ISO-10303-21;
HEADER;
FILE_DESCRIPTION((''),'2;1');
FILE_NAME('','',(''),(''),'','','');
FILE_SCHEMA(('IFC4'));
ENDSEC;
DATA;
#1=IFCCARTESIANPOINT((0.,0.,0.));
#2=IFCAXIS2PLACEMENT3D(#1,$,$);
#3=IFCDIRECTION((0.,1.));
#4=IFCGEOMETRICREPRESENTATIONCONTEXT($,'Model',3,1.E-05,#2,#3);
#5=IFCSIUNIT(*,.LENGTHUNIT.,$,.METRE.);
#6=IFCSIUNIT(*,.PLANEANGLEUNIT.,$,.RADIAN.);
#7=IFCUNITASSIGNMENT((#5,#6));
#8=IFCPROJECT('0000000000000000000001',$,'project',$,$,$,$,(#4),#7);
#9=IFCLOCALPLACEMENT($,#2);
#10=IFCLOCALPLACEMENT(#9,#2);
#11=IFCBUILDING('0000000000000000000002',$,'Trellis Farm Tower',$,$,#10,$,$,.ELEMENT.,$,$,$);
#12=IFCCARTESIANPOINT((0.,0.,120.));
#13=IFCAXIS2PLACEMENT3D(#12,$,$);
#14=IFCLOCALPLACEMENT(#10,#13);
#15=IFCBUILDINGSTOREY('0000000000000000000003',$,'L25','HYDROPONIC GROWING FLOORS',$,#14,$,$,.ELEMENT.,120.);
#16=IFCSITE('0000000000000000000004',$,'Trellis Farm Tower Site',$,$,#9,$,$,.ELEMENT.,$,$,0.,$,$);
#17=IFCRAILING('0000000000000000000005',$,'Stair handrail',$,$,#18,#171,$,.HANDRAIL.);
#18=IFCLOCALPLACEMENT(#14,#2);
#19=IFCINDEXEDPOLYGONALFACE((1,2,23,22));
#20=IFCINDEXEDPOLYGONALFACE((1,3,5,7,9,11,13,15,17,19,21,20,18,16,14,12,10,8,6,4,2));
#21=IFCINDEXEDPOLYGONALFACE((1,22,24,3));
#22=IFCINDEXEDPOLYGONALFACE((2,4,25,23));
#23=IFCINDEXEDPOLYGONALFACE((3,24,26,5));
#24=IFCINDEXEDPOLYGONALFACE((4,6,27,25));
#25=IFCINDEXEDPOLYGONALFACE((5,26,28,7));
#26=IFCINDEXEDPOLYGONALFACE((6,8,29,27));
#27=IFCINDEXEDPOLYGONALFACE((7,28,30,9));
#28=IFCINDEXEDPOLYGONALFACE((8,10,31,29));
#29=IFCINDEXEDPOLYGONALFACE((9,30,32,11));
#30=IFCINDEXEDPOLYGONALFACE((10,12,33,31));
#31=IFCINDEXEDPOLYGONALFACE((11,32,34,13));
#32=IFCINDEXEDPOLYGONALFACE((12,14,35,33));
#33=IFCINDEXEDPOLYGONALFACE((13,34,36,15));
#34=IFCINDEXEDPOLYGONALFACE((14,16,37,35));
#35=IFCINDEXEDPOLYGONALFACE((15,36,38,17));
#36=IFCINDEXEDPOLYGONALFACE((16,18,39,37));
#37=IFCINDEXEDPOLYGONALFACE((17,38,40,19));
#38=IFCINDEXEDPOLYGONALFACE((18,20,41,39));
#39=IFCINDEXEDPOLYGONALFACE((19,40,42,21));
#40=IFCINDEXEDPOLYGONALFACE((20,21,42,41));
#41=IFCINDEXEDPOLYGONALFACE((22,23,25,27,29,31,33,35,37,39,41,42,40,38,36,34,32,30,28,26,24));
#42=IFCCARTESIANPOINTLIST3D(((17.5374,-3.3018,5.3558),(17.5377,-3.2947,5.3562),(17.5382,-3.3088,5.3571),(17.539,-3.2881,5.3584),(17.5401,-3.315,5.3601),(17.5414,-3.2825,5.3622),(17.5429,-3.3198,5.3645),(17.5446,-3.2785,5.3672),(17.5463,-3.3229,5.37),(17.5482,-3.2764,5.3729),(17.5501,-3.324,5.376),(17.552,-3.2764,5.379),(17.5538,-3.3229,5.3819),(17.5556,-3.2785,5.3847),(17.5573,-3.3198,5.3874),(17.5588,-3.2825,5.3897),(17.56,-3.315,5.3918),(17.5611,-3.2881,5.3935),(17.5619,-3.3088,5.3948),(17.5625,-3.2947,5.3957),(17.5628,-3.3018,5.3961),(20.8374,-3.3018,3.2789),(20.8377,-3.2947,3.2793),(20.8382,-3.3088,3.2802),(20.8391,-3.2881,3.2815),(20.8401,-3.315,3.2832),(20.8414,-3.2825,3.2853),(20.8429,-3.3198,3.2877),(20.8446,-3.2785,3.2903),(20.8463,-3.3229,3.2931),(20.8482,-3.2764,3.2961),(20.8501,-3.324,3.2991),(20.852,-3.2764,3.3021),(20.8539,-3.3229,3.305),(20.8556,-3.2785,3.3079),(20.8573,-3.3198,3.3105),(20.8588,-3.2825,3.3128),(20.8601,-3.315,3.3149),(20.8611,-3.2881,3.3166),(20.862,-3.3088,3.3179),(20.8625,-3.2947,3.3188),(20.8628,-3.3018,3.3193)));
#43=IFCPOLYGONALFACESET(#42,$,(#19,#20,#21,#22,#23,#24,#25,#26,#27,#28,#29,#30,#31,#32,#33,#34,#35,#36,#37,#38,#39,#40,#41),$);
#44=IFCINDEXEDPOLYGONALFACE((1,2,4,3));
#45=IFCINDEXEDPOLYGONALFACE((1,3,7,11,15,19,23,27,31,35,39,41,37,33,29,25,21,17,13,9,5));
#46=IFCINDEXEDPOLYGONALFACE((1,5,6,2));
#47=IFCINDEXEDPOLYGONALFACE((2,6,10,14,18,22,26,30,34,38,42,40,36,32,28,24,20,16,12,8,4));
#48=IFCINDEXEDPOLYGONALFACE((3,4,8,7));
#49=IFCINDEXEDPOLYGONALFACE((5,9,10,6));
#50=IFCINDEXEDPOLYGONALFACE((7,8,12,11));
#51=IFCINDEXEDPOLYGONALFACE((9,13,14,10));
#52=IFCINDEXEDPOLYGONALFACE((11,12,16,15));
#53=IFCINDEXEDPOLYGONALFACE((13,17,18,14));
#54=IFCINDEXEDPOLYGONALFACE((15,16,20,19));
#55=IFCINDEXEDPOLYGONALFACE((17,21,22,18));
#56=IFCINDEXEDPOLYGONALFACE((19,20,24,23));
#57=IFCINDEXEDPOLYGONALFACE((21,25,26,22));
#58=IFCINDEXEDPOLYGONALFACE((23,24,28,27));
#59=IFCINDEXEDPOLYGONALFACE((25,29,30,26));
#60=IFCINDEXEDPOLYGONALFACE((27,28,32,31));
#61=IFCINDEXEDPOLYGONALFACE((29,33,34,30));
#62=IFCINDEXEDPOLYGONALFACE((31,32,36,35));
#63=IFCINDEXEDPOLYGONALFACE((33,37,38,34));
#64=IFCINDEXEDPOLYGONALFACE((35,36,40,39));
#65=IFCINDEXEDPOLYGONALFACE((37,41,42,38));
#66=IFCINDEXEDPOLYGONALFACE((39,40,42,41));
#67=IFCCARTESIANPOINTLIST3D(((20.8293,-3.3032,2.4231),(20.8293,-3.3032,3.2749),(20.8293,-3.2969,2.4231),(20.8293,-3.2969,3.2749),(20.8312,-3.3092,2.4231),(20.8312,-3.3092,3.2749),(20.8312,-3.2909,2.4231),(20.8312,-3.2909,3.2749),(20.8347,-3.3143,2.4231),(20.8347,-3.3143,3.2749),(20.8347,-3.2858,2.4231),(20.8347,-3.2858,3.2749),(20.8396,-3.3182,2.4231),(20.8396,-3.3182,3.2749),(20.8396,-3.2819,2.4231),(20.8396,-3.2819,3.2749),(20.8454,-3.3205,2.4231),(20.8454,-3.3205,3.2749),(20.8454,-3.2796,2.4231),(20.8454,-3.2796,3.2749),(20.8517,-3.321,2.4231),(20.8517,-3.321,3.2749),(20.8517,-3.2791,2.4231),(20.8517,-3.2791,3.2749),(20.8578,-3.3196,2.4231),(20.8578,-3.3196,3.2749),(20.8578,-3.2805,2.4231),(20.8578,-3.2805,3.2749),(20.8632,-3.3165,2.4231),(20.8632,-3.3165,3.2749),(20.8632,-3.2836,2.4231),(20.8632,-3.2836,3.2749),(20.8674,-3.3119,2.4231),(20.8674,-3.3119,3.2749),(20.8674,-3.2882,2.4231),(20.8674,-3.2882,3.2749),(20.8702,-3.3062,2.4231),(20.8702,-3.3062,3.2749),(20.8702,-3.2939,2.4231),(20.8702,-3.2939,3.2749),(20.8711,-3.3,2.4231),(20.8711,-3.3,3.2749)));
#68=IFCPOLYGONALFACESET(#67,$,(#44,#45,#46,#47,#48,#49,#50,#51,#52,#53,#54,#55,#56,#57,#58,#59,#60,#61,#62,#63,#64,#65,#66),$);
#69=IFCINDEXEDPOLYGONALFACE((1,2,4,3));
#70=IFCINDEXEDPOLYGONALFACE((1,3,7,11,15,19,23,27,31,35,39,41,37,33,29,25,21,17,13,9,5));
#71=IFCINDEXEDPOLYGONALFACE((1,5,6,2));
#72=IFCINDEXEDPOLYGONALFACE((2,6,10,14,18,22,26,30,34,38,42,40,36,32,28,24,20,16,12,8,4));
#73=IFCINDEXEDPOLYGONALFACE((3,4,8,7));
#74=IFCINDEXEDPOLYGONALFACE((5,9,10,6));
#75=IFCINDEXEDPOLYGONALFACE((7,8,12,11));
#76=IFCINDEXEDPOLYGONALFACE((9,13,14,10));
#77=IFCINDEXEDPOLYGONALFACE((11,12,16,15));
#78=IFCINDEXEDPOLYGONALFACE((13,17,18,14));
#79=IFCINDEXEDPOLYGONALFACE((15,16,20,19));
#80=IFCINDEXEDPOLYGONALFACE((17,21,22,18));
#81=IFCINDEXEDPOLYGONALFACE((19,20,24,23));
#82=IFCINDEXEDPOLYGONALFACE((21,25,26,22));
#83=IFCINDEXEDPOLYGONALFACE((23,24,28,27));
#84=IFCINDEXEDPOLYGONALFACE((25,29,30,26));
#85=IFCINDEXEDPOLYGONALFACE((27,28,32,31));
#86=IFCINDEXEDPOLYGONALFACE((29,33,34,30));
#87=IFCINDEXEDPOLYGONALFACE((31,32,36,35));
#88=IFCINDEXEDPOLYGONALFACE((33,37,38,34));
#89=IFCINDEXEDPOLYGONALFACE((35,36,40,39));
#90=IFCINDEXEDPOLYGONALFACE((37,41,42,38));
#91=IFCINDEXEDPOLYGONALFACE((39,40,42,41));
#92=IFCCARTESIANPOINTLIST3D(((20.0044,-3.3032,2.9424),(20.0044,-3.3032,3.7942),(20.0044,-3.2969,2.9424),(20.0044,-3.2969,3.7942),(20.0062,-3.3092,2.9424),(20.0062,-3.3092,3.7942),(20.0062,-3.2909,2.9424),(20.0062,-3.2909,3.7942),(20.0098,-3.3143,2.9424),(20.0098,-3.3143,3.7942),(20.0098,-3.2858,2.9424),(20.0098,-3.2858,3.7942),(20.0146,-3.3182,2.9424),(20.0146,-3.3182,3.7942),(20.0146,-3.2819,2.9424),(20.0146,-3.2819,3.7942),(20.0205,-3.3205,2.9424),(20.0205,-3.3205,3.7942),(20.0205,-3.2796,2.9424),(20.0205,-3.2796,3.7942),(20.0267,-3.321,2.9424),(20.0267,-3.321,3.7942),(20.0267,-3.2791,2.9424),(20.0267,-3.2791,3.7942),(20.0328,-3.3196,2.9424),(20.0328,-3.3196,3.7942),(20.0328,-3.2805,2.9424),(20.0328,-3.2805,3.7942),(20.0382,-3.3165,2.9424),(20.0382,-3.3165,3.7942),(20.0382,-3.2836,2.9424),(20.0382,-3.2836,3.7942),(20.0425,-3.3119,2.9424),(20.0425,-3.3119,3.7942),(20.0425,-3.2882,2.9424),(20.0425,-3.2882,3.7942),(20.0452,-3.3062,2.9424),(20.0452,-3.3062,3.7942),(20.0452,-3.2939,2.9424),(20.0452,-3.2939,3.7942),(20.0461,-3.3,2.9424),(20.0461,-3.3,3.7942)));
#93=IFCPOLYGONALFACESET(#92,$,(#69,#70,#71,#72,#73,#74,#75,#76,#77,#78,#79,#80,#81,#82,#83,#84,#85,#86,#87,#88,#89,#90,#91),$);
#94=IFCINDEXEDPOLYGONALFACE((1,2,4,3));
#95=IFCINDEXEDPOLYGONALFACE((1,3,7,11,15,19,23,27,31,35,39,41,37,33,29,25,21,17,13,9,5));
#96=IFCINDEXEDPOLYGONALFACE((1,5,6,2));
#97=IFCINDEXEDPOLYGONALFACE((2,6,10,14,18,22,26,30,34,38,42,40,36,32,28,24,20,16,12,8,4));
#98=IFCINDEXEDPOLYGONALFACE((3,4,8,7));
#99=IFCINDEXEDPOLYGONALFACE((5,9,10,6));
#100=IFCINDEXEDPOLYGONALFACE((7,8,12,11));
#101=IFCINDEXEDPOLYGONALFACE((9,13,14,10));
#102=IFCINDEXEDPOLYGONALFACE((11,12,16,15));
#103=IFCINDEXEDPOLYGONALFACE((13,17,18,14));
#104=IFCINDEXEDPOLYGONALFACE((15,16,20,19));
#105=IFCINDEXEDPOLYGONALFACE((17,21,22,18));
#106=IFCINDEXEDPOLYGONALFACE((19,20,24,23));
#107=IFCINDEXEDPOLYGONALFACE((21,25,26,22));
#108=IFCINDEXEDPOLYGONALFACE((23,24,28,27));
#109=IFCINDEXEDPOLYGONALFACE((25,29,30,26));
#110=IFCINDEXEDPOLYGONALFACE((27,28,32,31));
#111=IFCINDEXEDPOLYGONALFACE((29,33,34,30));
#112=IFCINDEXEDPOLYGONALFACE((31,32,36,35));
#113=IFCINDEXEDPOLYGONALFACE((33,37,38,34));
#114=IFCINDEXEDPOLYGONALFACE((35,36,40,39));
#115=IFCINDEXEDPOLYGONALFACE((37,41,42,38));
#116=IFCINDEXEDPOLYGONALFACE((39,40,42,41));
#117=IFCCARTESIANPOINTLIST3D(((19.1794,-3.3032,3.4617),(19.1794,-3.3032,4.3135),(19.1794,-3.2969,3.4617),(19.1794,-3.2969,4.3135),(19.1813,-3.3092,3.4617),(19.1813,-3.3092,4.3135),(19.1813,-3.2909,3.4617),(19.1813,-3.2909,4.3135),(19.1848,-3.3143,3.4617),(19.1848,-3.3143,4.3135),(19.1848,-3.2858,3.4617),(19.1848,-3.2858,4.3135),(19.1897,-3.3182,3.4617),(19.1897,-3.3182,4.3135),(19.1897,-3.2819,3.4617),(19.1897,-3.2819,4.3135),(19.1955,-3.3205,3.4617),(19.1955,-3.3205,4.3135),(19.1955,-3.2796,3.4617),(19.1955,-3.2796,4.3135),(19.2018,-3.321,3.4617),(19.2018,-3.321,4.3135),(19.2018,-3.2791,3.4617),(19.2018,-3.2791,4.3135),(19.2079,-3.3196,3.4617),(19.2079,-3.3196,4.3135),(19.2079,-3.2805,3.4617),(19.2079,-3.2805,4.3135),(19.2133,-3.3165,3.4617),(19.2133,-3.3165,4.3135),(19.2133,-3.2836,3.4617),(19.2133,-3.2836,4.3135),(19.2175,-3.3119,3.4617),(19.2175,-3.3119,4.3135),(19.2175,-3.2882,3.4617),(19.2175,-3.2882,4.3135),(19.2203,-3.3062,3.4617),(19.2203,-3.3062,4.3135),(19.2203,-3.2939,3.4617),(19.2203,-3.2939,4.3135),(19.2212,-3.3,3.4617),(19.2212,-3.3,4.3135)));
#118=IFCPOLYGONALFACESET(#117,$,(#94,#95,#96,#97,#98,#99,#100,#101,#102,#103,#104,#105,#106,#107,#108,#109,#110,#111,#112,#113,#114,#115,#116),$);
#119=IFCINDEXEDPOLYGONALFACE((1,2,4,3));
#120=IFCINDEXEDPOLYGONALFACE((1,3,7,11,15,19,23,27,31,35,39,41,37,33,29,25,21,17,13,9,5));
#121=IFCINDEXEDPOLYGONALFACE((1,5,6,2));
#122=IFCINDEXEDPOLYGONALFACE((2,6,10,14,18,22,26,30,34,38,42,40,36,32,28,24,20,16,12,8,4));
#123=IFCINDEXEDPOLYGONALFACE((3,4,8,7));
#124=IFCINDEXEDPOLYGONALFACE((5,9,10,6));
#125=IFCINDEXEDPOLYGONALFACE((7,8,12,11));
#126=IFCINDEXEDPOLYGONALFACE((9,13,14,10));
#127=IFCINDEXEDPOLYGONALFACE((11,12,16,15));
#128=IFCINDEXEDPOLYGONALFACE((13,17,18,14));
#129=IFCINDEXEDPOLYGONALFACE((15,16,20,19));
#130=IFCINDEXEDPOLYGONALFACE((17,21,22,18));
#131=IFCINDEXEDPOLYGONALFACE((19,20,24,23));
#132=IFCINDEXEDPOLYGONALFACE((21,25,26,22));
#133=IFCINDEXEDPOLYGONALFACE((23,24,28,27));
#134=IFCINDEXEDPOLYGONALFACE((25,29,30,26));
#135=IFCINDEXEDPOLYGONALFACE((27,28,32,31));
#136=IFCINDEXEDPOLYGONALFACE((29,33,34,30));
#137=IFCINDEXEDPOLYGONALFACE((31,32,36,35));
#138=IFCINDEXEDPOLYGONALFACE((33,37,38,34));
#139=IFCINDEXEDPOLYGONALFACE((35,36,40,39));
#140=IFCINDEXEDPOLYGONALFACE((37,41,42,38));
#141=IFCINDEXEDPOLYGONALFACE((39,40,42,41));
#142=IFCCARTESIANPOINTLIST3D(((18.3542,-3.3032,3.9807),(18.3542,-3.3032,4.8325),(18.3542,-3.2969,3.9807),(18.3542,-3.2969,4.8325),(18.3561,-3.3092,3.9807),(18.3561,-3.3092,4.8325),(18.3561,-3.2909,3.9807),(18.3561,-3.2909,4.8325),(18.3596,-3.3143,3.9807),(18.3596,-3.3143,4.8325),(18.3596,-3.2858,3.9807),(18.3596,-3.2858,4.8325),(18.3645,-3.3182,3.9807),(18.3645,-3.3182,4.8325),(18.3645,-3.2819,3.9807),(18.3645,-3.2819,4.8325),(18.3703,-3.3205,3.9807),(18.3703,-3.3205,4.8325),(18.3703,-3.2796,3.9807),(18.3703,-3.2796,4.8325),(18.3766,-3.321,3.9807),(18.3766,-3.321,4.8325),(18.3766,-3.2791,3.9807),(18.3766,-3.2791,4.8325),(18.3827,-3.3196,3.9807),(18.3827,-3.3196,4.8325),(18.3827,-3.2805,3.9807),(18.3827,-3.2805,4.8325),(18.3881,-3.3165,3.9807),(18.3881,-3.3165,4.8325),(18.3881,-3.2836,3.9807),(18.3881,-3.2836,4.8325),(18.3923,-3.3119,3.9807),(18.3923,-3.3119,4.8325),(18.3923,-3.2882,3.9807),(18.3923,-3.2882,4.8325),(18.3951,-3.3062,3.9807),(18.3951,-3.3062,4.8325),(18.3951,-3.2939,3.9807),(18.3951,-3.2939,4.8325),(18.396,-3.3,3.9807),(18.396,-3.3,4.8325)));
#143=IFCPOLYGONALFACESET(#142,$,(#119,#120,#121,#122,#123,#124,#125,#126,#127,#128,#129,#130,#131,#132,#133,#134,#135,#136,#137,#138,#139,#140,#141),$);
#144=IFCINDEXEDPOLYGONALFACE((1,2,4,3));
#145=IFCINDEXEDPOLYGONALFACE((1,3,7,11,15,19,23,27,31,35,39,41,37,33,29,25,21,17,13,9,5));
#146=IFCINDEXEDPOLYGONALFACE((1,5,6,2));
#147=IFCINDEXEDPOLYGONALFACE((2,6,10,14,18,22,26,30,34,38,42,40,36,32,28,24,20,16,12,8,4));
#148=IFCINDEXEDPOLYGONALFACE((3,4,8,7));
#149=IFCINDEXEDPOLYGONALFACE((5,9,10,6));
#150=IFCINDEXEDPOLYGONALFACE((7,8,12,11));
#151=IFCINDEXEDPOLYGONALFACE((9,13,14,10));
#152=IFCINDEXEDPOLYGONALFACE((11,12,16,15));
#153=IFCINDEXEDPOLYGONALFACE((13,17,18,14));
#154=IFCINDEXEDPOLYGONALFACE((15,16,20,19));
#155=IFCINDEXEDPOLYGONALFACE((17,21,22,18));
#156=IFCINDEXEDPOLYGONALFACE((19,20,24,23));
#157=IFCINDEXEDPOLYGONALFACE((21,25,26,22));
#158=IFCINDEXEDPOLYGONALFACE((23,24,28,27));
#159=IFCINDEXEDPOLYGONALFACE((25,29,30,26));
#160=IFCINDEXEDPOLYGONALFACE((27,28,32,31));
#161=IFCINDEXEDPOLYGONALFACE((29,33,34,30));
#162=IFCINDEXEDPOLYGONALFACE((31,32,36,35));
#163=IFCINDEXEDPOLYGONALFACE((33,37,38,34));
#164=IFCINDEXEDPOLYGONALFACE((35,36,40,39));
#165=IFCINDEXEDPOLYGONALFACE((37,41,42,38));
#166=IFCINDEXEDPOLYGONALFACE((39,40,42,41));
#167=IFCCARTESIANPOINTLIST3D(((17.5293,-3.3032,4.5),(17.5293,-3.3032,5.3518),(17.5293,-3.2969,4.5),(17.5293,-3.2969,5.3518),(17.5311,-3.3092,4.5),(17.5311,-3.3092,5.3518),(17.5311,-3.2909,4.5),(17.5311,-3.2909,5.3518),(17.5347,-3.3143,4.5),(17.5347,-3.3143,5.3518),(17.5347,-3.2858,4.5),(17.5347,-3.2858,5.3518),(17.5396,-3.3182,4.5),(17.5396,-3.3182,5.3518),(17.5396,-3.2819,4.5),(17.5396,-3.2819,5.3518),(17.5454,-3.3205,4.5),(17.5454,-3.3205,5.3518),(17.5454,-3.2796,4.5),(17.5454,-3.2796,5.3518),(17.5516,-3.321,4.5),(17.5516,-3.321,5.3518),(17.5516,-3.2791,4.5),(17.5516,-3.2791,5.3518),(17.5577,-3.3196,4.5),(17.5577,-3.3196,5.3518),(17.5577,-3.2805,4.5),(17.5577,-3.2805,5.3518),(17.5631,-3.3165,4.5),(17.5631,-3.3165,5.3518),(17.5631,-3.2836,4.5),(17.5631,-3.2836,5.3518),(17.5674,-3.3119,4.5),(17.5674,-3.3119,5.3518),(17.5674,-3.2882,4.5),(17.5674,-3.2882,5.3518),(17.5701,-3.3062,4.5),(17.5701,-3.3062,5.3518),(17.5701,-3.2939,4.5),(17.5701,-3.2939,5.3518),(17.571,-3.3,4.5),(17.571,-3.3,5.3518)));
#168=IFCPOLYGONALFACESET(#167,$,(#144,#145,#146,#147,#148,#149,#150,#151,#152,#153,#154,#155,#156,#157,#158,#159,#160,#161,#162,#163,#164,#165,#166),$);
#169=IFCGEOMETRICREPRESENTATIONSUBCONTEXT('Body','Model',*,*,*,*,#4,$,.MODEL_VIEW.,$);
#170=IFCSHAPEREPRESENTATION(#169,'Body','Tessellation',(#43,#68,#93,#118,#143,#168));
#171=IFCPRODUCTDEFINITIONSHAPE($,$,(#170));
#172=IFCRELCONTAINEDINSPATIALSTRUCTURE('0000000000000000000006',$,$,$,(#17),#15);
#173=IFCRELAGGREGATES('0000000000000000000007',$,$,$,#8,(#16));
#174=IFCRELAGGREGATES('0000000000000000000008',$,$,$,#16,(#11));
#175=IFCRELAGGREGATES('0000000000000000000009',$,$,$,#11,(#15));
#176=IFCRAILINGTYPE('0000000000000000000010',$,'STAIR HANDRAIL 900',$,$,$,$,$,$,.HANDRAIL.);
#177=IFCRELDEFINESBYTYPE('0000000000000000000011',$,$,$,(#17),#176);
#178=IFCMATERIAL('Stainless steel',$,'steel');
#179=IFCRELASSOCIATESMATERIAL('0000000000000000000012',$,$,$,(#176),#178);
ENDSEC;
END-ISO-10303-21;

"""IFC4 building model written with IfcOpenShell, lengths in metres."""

from ifc_helpers import new_model, si_unit, direction, frame, origin, origin_2d, place, context, subcontext, project, spatial, circle, extrude, source, transform, mapped, material, type_object, element, save


model = new_model("IFC4")

# Units and contexts
model_context = context("Model", 3, precision=1e-05, world=origin(), true_north=direction((0.0, 1.0)))
body_context = subcontext(model_context, "Body", "Model", "MODEL_VIEW")
ifc_project = project(units=[si_unit("LENGTHUNIT", "METRE"), si_unit("PLANEANGLEUNIT", "RADIAN")], contexts=[model_context])

# Site, building, storey
site_placement = place(None, origin())
site = spatial("IfcSite", under=ifc_project, at=site_placement, Name="Trellis Farm Tower Site", CompositionType="ELEMENT", RefElevation=0.0)
building_placement = place(site_placement, origin())
building = spatial("IfcBuilding", under=site, at=building_placement, Name="Trellis Farm Tower", CompositionType="ELEMENT")
storey_placement = place(building_placement, frame((0.0, 0.0, 120.0)))
storey = spatial("IfcBuildingStorey", under=building, at=storey_placement, Name="L25", Description="HYDROPONIC GROWING FLOORS", CompositionType="ELEMENT", Elevation=120.0)

# Shared definitions
ifc_material_1 = material(Name="Stainless steel", Category="steel")

# Railing
railing_type = type_object("IfcRailingType", Name="STAIR HANDRAIL 900", PredefinedType="HANDRAIL", material=ifc_material_1)
shared_shape_1 = source(origin(), body_context, "Body", "SweptSolid", [
    extrude(circle(Radius=0.0239, at=origin_2d()), frame((0.0, 0.0, 0.876), z_axis=(-0.846337, 0.0, 0.532647), x_axis=(0.0, -1.0, 0.0)), (0.0, 0.0, 1.0), 3.8992),
    extrude(circle(Radius=0.021, at=origin_2d()), origin(), (0.0, 0.0, 1.0), 0.8518),
    extrude(circle(Radius=0.021, at=origin_2d()), frame((-0.825, 0.0, 0.5193)), (0.0, 0.0, 1.0), 0.8518),
    extrude(circle(Radius=0.021, at=origin_2d()), frame((-1.6499, 0.0, 1.0386)), (0.0, 0.0, 1.0), 0.8518),
    extrude(circle(Radius=0.021, at=origin_2d()), frame((-2.4751, 0.0, 1.5576)), (0.0, 0.0, 1.0), 0.8518),
    extrude(circle(Radius=0.021, at=origin_2d()), frame((-3.3, 0.0, 2.0769)), (0.0, 0.0, 1.0), 0.8518),
])
for number, where, name in (
    (1, (20.8501, -3.3, 2.4231), "Stair handrail"),
):
    element("IfcRailing", number, at=place(storey_placement, frame(where)), inside=storey, type_object=railing_type, Name=name, PredefinedType="HANDRAIL", context=body_context, shape_type="MappedRepresentation", body=[
        mapped(shared_shape_1, transform((0.0, 0.0, 0.0))),
    ])

save(model, "model.ifc")
